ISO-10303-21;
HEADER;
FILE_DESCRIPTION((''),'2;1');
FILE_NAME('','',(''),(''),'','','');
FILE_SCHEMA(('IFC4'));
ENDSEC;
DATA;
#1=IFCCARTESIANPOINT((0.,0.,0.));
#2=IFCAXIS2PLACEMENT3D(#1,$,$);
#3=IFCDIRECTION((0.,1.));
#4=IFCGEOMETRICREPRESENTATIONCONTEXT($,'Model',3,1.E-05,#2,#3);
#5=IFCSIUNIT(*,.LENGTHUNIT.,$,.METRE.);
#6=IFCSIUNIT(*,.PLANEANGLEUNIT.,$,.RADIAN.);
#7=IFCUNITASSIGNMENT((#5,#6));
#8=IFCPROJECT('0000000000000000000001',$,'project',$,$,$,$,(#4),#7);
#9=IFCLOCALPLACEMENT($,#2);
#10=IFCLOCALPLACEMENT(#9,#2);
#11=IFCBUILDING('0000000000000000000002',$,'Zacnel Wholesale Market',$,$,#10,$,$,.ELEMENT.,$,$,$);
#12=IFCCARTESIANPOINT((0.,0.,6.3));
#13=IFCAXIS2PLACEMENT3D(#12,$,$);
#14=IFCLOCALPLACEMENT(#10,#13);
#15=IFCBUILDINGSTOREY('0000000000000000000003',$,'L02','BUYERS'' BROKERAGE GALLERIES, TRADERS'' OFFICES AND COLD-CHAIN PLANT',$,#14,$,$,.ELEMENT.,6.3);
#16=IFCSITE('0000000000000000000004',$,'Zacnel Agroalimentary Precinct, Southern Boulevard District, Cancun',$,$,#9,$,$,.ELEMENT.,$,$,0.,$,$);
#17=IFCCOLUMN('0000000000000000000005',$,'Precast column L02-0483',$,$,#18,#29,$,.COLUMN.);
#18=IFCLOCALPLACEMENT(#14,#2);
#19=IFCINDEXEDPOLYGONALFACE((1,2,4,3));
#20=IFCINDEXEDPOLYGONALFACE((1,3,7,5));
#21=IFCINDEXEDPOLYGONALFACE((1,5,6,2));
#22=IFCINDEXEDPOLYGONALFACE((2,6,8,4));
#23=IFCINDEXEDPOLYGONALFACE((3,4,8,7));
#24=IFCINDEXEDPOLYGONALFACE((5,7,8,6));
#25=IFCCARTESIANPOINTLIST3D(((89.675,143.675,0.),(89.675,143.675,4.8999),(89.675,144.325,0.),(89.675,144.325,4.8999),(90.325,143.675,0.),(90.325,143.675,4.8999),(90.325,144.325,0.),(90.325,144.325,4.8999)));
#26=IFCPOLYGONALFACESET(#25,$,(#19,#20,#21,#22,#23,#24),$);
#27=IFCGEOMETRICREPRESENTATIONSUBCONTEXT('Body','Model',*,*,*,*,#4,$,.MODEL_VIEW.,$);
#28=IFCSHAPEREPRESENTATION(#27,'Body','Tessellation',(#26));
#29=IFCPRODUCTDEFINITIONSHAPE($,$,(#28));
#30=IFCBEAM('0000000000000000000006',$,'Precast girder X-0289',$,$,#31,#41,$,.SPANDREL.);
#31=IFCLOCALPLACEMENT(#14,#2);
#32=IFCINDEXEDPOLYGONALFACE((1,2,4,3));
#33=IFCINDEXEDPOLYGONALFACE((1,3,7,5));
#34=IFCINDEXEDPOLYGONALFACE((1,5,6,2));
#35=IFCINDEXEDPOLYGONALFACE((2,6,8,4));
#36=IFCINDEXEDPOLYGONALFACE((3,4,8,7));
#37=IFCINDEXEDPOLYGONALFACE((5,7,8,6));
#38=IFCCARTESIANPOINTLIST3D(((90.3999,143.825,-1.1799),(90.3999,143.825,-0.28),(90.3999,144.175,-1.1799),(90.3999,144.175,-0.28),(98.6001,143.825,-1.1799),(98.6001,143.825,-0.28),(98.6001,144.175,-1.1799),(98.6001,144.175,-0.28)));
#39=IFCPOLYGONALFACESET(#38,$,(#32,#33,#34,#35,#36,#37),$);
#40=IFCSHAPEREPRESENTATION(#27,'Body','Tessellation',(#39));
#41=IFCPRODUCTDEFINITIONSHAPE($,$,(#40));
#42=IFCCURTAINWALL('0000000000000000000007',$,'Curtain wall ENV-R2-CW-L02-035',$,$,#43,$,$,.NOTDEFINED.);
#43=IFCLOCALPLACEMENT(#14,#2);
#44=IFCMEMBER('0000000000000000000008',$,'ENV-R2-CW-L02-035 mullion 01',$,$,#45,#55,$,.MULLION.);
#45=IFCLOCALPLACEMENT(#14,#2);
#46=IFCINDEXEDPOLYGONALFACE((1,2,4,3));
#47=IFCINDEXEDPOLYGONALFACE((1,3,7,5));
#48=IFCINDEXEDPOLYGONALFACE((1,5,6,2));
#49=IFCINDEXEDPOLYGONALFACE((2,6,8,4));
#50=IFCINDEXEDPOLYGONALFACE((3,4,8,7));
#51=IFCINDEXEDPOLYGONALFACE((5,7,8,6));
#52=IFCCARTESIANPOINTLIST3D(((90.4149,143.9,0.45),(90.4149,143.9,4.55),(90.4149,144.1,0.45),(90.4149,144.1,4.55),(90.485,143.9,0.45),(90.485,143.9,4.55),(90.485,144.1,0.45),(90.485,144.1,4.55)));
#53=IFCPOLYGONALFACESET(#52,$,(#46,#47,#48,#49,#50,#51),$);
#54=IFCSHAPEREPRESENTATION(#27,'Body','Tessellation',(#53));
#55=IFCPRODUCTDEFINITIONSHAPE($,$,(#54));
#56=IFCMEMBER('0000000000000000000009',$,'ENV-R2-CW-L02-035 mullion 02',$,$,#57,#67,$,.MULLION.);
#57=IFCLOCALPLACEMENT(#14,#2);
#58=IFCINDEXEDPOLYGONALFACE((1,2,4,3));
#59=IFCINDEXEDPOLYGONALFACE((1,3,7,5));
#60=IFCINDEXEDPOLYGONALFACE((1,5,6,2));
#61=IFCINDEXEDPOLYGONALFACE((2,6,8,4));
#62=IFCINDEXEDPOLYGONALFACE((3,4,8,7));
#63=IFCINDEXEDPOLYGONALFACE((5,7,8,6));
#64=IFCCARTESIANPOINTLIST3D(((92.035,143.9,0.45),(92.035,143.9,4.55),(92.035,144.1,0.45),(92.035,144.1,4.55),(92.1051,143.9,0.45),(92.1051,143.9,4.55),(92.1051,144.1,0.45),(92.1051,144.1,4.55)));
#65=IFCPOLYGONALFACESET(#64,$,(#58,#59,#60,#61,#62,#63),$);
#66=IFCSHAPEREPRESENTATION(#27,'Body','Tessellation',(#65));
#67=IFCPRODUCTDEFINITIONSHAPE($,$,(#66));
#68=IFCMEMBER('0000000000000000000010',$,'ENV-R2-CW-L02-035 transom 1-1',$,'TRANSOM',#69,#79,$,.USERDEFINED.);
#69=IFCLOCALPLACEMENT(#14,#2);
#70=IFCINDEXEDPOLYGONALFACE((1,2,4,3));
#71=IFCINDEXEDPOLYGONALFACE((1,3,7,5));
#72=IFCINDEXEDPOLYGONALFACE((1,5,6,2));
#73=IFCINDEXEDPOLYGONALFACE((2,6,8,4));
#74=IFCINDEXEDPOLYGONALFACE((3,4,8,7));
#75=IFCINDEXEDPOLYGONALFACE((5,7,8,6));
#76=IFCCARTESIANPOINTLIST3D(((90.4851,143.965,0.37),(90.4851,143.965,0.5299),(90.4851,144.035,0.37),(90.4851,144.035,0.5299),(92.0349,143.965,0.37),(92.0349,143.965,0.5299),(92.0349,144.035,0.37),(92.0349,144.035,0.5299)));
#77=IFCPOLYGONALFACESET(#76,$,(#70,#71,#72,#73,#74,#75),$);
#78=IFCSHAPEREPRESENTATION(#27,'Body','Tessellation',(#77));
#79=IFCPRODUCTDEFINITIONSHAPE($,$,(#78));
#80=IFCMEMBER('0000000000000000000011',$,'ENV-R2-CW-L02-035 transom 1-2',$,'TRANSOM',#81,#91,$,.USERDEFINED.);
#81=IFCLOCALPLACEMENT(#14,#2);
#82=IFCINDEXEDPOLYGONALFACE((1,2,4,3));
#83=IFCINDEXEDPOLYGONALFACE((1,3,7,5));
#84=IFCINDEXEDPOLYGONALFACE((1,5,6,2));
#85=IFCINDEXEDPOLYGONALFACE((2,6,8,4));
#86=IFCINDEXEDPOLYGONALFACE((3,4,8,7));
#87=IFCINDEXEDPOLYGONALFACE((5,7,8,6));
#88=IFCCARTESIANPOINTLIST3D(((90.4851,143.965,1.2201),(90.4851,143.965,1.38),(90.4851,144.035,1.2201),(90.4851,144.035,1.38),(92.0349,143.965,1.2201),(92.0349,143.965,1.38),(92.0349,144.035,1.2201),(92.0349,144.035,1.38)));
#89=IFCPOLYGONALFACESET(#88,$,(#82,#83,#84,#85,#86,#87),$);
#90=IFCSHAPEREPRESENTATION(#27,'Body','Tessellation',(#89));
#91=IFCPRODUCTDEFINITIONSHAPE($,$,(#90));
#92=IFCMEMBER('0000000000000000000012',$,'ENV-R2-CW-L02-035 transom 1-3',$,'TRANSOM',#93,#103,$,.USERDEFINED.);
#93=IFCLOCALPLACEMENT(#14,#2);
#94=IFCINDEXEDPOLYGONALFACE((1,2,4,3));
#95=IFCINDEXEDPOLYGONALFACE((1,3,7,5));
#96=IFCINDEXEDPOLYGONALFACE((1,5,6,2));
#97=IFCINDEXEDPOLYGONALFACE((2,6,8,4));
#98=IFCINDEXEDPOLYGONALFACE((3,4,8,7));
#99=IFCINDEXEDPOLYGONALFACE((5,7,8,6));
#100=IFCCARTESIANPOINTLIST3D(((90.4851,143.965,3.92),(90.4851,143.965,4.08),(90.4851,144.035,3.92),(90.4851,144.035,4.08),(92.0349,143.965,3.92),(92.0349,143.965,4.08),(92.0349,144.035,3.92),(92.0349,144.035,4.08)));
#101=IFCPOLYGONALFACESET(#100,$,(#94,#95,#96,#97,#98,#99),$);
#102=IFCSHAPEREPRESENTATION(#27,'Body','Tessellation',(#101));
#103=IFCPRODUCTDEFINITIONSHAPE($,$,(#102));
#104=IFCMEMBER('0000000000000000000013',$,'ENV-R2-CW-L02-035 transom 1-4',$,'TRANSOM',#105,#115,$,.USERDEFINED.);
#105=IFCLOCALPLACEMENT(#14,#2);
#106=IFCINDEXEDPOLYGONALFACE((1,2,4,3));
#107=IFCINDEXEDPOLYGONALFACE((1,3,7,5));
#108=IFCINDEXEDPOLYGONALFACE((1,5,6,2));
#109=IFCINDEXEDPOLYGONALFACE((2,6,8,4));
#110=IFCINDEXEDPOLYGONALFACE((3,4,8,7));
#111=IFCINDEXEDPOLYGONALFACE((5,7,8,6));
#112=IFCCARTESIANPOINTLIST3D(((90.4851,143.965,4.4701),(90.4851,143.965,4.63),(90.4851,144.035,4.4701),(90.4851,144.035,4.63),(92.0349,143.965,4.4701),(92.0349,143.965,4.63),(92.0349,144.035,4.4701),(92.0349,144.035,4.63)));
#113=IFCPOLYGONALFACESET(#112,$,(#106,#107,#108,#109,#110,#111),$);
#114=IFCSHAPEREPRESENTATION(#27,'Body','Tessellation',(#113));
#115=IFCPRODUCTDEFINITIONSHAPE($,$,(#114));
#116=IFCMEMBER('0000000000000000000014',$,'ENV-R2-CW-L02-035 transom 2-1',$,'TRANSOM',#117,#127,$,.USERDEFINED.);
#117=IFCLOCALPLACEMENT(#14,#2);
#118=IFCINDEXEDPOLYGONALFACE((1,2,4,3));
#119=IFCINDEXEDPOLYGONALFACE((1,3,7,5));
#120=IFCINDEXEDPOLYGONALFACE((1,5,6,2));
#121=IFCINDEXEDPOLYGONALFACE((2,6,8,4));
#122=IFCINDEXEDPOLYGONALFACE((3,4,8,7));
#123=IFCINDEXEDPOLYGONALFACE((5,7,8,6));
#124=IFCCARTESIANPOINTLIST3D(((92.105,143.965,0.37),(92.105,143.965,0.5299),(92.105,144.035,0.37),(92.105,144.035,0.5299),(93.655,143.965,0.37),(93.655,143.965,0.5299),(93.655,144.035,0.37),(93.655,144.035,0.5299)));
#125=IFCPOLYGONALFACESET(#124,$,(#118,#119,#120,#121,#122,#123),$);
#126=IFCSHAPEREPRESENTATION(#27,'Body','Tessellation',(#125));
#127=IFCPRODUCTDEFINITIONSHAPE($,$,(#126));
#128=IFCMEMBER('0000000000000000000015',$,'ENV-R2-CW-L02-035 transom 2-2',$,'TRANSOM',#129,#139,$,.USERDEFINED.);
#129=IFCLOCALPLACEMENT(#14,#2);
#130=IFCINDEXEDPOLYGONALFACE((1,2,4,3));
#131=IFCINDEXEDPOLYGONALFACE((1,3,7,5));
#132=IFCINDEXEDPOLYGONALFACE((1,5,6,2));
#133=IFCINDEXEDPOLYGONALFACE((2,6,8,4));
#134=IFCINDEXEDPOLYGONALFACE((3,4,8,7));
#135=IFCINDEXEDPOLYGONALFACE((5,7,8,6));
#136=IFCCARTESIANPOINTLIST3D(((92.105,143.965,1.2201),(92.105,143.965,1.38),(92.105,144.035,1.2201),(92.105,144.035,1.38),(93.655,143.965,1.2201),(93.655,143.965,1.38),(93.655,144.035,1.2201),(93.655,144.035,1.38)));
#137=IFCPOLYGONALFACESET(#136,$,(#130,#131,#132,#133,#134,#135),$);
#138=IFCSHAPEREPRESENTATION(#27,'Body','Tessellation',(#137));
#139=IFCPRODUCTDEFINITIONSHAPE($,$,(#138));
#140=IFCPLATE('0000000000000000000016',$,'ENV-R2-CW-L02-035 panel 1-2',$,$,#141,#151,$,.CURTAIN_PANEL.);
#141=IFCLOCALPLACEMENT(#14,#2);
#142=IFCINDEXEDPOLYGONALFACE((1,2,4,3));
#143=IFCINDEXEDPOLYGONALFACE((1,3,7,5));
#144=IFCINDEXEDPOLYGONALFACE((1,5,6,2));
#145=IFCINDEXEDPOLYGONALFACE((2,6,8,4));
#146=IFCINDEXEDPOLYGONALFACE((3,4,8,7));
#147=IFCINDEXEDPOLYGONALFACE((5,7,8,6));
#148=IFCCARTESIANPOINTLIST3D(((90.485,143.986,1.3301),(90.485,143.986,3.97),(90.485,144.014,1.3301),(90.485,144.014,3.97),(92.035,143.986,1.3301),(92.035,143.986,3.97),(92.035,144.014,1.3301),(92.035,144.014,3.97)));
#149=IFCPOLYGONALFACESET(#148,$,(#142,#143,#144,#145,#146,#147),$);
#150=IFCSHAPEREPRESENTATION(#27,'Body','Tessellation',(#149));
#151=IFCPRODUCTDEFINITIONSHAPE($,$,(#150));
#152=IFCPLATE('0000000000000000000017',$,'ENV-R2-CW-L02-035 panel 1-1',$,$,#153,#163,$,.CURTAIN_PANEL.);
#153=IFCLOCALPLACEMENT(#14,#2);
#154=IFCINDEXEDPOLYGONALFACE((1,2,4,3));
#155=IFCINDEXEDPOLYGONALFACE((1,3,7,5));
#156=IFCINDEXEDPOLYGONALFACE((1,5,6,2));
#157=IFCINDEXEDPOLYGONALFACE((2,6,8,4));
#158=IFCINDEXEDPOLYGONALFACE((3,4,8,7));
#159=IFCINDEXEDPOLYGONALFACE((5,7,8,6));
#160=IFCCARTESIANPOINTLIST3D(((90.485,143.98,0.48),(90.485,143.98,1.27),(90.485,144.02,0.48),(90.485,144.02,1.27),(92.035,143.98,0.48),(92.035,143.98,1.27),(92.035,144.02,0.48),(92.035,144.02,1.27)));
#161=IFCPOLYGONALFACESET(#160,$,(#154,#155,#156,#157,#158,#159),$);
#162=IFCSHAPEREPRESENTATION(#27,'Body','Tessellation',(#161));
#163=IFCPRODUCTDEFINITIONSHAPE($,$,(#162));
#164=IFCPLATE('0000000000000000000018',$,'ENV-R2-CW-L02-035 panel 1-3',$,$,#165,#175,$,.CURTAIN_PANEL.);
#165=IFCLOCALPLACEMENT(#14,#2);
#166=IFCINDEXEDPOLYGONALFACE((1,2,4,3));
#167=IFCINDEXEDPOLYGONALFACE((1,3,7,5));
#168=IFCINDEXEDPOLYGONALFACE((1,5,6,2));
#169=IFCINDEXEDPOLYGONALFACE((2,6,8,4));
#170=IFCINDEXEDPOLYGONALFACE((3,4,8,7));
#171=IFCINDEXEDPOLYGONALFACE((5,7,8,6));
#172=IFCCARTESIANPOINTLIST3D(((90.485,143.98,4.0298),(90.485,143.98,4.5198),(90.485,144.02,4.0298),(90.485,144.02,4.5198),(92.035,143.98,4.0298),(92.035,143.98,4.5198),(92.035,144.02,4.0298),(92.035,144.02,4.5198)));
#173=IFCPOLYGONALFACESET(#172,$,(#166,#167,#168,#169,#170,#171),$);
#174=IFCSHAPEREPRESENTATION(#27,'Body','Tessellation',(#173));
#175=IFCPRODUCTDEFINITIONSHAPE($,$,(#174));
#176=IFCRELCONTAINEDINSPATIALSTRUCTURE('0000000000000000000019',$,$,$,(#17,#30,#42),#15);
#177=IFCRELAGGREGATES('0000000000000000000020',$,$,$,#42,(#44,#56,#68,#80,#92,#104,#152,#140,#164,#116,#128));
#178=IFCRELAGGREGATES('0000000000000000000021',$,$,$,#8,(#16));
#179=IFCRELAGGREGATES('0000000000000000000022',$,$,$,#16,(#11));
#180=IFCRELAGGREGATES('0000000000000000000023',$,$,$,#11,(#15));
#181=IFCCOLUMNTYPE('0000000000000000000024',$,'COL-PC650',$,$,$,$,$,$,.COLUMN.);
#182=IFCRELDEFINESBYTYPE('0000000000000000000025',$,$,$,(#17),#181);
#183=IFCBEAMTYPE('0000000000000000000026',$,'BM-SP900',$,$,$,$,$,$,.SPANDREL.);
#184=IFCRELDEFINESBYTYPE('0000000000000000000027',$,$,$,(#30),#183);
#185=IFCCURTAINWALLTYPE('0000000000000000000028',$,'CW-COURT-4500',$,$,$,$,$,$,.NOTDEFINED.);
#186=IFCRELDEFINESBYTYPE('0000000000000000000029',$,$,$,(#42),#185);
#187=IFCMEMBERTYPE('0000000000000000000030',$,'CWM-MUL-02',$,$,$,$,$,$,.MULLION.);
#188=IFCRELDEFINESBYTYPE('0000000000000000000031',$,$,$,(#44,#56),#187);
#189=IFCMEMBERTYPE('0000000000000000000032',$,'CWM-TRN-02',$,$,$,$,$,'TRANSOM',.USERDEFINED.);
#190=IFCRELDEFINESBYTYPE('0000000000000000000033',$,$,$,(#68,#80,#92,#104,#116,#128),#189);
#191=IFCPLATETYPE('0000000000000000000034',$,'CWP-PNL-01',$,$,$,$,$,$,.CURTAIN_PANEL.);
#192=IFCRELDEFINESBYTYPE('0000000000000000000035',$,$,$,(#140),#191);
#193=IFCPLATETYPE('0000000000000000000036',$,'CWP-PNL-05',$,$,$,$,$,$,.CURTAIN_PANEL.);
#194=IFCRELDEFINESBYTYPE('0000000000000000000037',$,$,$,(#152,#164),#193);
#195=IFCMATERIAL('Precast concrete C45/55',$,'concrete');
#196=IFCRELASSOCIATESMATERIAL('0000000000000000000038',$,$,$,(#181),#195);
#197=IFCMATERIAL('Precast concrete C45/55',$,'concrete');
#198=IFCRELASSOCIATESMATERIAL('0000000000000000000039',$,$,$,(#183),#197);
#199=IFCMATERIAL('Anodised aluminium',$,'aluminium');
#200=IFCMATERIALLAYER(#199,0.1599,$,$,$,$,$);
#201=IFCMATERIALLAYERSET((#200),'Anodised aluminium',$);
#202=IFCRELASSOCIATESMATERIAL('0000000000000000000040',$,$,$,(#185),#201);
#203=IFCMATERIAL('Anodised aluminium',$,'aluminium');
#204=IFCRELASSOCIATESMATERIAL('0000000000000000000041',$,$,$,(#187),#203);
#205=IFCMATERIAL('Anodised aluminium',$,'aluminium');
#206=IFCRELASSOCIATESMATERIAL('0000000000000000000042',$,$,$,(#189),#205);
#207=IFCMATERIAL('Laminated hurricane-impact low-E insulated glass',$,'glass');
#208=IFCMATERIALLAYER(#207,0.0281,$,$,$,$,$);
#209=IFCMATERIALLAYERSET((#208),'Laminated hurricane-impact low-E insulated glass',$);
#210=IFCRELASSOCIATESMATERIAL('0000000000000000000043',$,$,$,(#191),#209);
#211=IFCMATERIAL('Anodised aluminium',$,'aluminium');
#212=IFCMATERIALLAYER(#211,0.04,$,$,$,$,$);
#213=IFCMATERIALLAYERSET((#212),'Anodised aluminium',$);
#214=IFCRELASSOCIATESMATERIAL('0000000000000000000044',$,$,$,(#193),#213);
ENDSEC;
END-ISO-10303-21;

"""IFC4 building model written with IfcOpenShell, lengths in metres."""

from ifc_helpers import new_model, si_unit, direction, frame, origin, origin_2d, place, context, subcontext, project, spatial, rectangle, extrude, material, layer, layer_set, material_profile, profile_set, type_object, element, aggregate, save


model = new_model("IFC4")

# Units and contexts
model_context = context("Model", 3, precision=1e-05, world=origin(), true_north=direction((0.0, 1.0)))
body_context = subcontext(model_context, "Body", "Model", "MODEL_VIEW")
ifc_project = project(units=[si_unit("LENGTHUNIT", "METRE"), si_unit("PLANEANGLEUNIT", "RADIAN")], contexts=[model_context])

# Site, building, storey
site_placement = place(None, origin())
site = spatial("IfcSite", under=ifc_project, at=site_placement, Name="Zacnel Agroalimentary Precinct, Southern Boulevard District, Cancun", CompositionType="ELEMENT", RefElevation=0.0)
building_placement = place(site_placement, origin())
building = spatial("IfcBuilding", under=site, at=building_placement, Name="Zacnel Wholesale Market", CompositionType="ELEMENT")
storey_placement = place(building_placement, frame((0.0, 0.0, 6.3)))
storey = spatial("IfcBuildingStorey", under=building, at=storey_placement, Name="L02", Description="BUYERS' BROKERAGE GALLERIES, TRADERS' OFFICES AND COLD-CHAIN PLANT", CompositionType="ELEMENT", Elevation=6.3)

# Column
ifc_material_1 = material(Name="Precast concrete C45/55", Category="concrete")
ifc_material_profile_1 = material_profile(ifc_material_1, rectangle(XDim=0.6499, YDim=0.6499, at=origin_2d()), Name="PC 650x650")
ifc_profile_set_1 = profile_set([ifc_material_profile_1], Name="Precast concrete C45/55")
column_type = type_object("IfcColumnType", Name="COL-PC650", PredefinedType="COLUMN", material=ifc_profile_set_1)
column_placement = place(storey_placement, frame((90.0, 144.0, 0.0), z_axis=(0.0, 0.0, 1.0), x_axis=(1.0, 0.0, 0.0)))
element("IfcColumn", 1, at=column_placement, inside=storey, type_object=column_type, Name="Precast column L02-0483", PredefinedType="COLUMN", context=body_context, shape_type="SweptSolid", body=[
    extrude(rectangle(XDim=0.6499, YDim=0.6499, at=origin_2d()), origin(), (0.0, 0.0, 1.0), 4.8999),
])

# Beam
ifc_material_2 = material(Name="Precast concrete C45/55", Category="concrete")
ifc_material_profile_2 = material_profile(ifc_material_2, rectangle(XDim=0.3501, YDim=0.8999, at=origin_2d()), Name="SP 350x900")
ifc_profile_set_2 = profile_set([ifc_material_profile_2], Name="Precast concrete C45/55")
beam_type = type_object("IfcBeamType", Name="BM-SP900", PredefinedType="SPANDREL", material=ifc_profile_set_2)
beam_placement = place(storey_placement, frame((90.3999, 144.0, -0.73), z_axis=(1.0, 0.0, 0.0), x_axis=(0.0, 1.0, 0.0)))
element("IfcBeam", 2, at=beam_placement, inside=storey, type_object=beam_type, Name="Precast girder X-0289", PredefinedType="SPANDREL", context=body_context, shape_type="SweptSolid", body=[
    extrude(rectangle(XDim=0.3501, YDim=0.8999, at=origin_2d()), origin(), (0.0, 0.0, 1.0), 8.2002),
])

# Curtain wall, members, plates
ifc_material_3 = material(Name="Anodised aluminium", Category="aluminium")
ifc_layer_1 = layer(ifc_material_3, 0.1599)
ifc_layer_set_1 = layer_set([ifc_layer_1], Name="Anodised aluminium")
curtain_wall_type = type_object("IfcCurtainWallType", Name="CW-COURT-4500", PredefinedType="NOTDEFINED", material=ifc_layer_set_1)
curtain_wall_placement = place(storey_placement, origin())
curtain_wall = element("IfcCurtainWall", 3, at=curtain_wall_placement, inside=storey, type_object=curtain_wall_type, Name="Curtain wall ENV-R2-CW-L02-035", PredefinedType="NOTDEFINED")
ifc_material_4 = material(Name="Anodised aluminium", Category="aluminium")
ifc_material_profile_3 = material_profile(ifc_material_4, rectangle(XDim=0.0701, YDim=0.2, at=origin_2d()), Name="AW-MULLION 70x200")
ifc_profile_set_3 = profile_set([ifc_material_profile_3], Name="Anodised aluminium")
member_type_1 = type_object("IfcMemberType", Name="CWM-MUL-02", PredefinedType="MULLION", material=ifc_profile_set_3)
member_1_placement = place(storey_placement, frame((90.45, 144.0, 0.45), z_axis=(0.0, 0.0, 1.0), x_axis=(1.0, 0.0, 0.0)))
member_1 = element("IfcMember", 4, at=member_1_placement, type_object=member_type_1, Name="ENV-R2-CW-L02-035 mullion 01", PredefinedType="MULLION", context=body_context, shape_type="SweptSolid", body=[
    extrude(rectangle(XDim=0.0701, YDim=0.2, at=origin_2d()), origin(), (0.0, 0.0, 1.0), 4.1001),
])
member_2_placement = place(storey_placement, frame((92.0701, 144.0, 0.45), z_axis=(0.0, 0.0, 1.0), x_axis=(1.0, 0.0, 0.0)))
member_2 = element("IfcMember", 5, at=member_2_placement, type_object=member_type_1, Name="ENV-R2-CW-L02-035 mullion 02", PredefinedType="MULLION", context=body_context, shape_type="SweptSolid", body=[
    extrude(rectangle(XDim=0.0701, YDim=0.2, at=origin_2d()), origin(), (0.0, 0.0, 1.0), 4.1001),
])
ifc_material_5 = material(Name="Anodised aluminium", Category="aluminium")
ifc_material_profile_4 = material_profile(ifc_material_5, rectangle(XDim=0.0701, YDim=0.1599, at=origin_2d()), Name="AW-TRANSOM 70x160")
ifc_profile_set_4 = profile_set([ifc_material_profile_4], Name="Anodised aluminium")
member_type_2 = type_object("IfcMemberType", Name="CWM-TRN-02", ElementType="TRANSOM", PredefinedType="USERDEFINED", material=ifc_profile_set_4)
member_3_placement = place(storey_placement, frame((90.4851, 144.0, 0.45), z_axis=(1.0, 0.0, 0.0), x_axis=(0.0, 1.0, 0.0)))
member_3 = element("IfcMember", 6, at=member_3_placement, type_object=member_type_2, Name="ENV-R2-CW-L02-035 transom 1-1", ObjectType="TRANSOM", PredefinedType="USERDEFINED", context=body_context, shape_type="SweptSolid", body=[
    extrude(rectangle(XDim=0.0701, YDim=0.1599, at=origin_2d()), origin(), (0.0, 0.0, 1.0), 1.5498),
])
member_4_placement = place(storey_placement, frame((90.4851, 144.0, 1.3), z_axis=(1.0, 0.0, 0.0), x_axis=(0.0, 1.0, 0.0)))
member_4 = element("IfcMember", 7, at=member_4_placement, type_object=member_type_2, Name="ENV-R2-CW-L02-035 transom 1-2", ObjectType="TRANSOM", PredefinedType="USERDEFINED", context=body_context, shape_type="SweptSolid", body=[
    extrude(rectangle(XDim=0.0701, YDim=0.1599, at=origin_2d()), origin(), (0.0, 0.0, 1.0), 1.5498),
])
member_5_placement = place(storey_placement, frame((90.4851, 144.0, 4.0), z_axis=(1.0, 0.0, 0.0), x_axis=(0.0, 1.0, 0.0)))
member_5 = element("IfcMember", 8, at=member_5_placement, type_object=member_type_2, Name="ENV-R2-CW-L02-035 transom 1-3", ObjectType="TRANSOM", PredefinedType="USERDEFINED", context=body_context, shape_type="SweptSolid", body=[
    extrude(rectangle(XDim=0.0701, YDim=0.1599, at=origin_2d()), origin(), (0.0, 0.0, 1.0), 1.5498),
])
member_6_placement = place(storey_placement, frame((90.4851, 144.0, 4.55), z_axis=(1.0, 0.0, 0.0), x_axis=(0.0, 1.0, 0.0)))
member_6 = element("IfcMember", 9, at=member_6_placement, type_object=member_type_2, Name="ENV-R2-CW-L02-035 transom 1-4", ObjectType="TRANSOM", PredefinedType="USERDEFINED", context=body_context, shape_type="SweptSolid", body=[
    extrude(rectangle(XDim=0.0701, YDim=0.1599, at=origin_2d()), origin(), (0.0, 0.0, 1.0), 1.5498),
])
member_7_placement = place(storey_placement, frame((92.105, 144.0, 0.45), z_axis=(1.0, 0.0, 0.0), x_axis=(0.0, 1.0, 0.0)))
member_7 = element("IfcMember", 10, at=member_7_placement, type_object=member_type_2, Name="ENV-R2-CW-L02-035 transom 2-1", ObjectType="TRANSOM", PredefinedType="USERDEFINED", context=body_context, shape_type="SweptSolid", body=[
    extrude(rectangle(XDim=0.0701, YDim=0.1599, at=origin_2d()), origin(), (0.0, 0.0, 1.0), 1.55),
])
member_8_placement = place(storey_placement, frame((92.105, 144.0, 1.3), z_axis=(1.0, 0.0, 0.0), x_axis=(0.0, 1.0, 0.0)))
member_8 = element("IfcMember", 11, at=member_8_placement, type_object=member_type_2, Name="ENV-R2-CW-L02-035 transom 2-2", ObjectType="TRANSOM", PredefinedType="USERDEFINED", context=body_context, shape_type="SweptSolid", body=[
    extrude(rectangle(XDim=0.0701, YDim=0.1599, at=origin_2d()), origin(), (0.0, 0.0, 1.0), 1.55),
])
ifc_material_6 = material(Name="Laminated hurricane-impact low-E insulated glass", Category="glass")
ifc_layer_2 = layer(ifc_material_6, 0.0281)
ifc_layer_set_2 = layer_set([ifc_layer_2], Name="Laminated hurricane-impact low-E insulated glass")
plate_type_1 = type_object("IfcPlateType", Name="CWP-PNL-01", PredefinedType="CURTAIN_PANEL", material=ifc_layer_set_2)
plate_1_placement = place(storey_placement, frame((91.26, 144.0, 1.3301), z_axis=(0.0, 0.0, 1.0), x_axis=(1.0, 0.0, 0.0)))
plate_1 = element("IfcPlate", 12, at=plate_1_placement, type_object=plate_type_1, Name="ENV-R2-CW-L02-035 panel 1-2", PredefinedType="CURTAIN_PANEL", context=body_context, shape_type="SweptSolid", body=[
    extrude(rectangle(XDim=1.55, YDim=0.0281, at=origin_2d()), origin(), (0.0, 0.0, 1.0), 2.6399),
])
ifc_material_7 = material(Name="Anodised aluminium", Category="aluminium")
ifc_layer_3 = layer(ifc_material_7, 0.04)
ifc_layer_set_3 = layer_set([ifc_layer_3], Name="Anodised aluminium")
plate_type_2 = type_object("IfcPlateType", Name="CWP-PNL-05", PredefinedType="CURTAIN_PANEL", material=ifc_layer_set_3)
plate_2_placement = place(storey_placement, frame((91.26, 144.0, 0.48), z_axis=(0.0, 0.0, 1.0), x_axis=(1.0, 0.0, 0.0)))
plate_2 = element("IfcPlate", 13, at=plate_2_placement, type_object=plate_type_2, Name="ENV-R2-CW-L02-035 panel 1-1", PredefinedType="CURTAIN_PANEL", context=body_context, shape_type="SweptSolid", body=[
    extrude(rectangle(XDim=1.55, YDim=0.04, at=origin_2d()), origin(), (0.0, 0.0, 1.0), 0.79),
])
plate_3_placement = place(storey_placement, frame((91.26, 144.0, 4.0298), z_axis=(0.0, 0.0, 1.0), x_axis=(1.0, 0.0, 0.0)))
plate_3 = element("IfcPlate", 14, at=plate_3_placement, type_object=plate_type_2, Name="ENV-R2-CW-L02-035 panel 1-3", PredefinedType="CURTAIN_PANEL", context=body_context, shape_type="SweptSolid", body=[
    extrude(rectangle(XDim=1.55, YDim=0.04, at=origin_2d()), origin(), (0.0, 0.0, 1.0), 0.49),
])
aggregate(curtain_wall, [member_1, member_2, member_3, member_4, member_5, member_6, plate_2, plate_1, plate_3, member_7, member_8])

save(model, "model.ifc")
